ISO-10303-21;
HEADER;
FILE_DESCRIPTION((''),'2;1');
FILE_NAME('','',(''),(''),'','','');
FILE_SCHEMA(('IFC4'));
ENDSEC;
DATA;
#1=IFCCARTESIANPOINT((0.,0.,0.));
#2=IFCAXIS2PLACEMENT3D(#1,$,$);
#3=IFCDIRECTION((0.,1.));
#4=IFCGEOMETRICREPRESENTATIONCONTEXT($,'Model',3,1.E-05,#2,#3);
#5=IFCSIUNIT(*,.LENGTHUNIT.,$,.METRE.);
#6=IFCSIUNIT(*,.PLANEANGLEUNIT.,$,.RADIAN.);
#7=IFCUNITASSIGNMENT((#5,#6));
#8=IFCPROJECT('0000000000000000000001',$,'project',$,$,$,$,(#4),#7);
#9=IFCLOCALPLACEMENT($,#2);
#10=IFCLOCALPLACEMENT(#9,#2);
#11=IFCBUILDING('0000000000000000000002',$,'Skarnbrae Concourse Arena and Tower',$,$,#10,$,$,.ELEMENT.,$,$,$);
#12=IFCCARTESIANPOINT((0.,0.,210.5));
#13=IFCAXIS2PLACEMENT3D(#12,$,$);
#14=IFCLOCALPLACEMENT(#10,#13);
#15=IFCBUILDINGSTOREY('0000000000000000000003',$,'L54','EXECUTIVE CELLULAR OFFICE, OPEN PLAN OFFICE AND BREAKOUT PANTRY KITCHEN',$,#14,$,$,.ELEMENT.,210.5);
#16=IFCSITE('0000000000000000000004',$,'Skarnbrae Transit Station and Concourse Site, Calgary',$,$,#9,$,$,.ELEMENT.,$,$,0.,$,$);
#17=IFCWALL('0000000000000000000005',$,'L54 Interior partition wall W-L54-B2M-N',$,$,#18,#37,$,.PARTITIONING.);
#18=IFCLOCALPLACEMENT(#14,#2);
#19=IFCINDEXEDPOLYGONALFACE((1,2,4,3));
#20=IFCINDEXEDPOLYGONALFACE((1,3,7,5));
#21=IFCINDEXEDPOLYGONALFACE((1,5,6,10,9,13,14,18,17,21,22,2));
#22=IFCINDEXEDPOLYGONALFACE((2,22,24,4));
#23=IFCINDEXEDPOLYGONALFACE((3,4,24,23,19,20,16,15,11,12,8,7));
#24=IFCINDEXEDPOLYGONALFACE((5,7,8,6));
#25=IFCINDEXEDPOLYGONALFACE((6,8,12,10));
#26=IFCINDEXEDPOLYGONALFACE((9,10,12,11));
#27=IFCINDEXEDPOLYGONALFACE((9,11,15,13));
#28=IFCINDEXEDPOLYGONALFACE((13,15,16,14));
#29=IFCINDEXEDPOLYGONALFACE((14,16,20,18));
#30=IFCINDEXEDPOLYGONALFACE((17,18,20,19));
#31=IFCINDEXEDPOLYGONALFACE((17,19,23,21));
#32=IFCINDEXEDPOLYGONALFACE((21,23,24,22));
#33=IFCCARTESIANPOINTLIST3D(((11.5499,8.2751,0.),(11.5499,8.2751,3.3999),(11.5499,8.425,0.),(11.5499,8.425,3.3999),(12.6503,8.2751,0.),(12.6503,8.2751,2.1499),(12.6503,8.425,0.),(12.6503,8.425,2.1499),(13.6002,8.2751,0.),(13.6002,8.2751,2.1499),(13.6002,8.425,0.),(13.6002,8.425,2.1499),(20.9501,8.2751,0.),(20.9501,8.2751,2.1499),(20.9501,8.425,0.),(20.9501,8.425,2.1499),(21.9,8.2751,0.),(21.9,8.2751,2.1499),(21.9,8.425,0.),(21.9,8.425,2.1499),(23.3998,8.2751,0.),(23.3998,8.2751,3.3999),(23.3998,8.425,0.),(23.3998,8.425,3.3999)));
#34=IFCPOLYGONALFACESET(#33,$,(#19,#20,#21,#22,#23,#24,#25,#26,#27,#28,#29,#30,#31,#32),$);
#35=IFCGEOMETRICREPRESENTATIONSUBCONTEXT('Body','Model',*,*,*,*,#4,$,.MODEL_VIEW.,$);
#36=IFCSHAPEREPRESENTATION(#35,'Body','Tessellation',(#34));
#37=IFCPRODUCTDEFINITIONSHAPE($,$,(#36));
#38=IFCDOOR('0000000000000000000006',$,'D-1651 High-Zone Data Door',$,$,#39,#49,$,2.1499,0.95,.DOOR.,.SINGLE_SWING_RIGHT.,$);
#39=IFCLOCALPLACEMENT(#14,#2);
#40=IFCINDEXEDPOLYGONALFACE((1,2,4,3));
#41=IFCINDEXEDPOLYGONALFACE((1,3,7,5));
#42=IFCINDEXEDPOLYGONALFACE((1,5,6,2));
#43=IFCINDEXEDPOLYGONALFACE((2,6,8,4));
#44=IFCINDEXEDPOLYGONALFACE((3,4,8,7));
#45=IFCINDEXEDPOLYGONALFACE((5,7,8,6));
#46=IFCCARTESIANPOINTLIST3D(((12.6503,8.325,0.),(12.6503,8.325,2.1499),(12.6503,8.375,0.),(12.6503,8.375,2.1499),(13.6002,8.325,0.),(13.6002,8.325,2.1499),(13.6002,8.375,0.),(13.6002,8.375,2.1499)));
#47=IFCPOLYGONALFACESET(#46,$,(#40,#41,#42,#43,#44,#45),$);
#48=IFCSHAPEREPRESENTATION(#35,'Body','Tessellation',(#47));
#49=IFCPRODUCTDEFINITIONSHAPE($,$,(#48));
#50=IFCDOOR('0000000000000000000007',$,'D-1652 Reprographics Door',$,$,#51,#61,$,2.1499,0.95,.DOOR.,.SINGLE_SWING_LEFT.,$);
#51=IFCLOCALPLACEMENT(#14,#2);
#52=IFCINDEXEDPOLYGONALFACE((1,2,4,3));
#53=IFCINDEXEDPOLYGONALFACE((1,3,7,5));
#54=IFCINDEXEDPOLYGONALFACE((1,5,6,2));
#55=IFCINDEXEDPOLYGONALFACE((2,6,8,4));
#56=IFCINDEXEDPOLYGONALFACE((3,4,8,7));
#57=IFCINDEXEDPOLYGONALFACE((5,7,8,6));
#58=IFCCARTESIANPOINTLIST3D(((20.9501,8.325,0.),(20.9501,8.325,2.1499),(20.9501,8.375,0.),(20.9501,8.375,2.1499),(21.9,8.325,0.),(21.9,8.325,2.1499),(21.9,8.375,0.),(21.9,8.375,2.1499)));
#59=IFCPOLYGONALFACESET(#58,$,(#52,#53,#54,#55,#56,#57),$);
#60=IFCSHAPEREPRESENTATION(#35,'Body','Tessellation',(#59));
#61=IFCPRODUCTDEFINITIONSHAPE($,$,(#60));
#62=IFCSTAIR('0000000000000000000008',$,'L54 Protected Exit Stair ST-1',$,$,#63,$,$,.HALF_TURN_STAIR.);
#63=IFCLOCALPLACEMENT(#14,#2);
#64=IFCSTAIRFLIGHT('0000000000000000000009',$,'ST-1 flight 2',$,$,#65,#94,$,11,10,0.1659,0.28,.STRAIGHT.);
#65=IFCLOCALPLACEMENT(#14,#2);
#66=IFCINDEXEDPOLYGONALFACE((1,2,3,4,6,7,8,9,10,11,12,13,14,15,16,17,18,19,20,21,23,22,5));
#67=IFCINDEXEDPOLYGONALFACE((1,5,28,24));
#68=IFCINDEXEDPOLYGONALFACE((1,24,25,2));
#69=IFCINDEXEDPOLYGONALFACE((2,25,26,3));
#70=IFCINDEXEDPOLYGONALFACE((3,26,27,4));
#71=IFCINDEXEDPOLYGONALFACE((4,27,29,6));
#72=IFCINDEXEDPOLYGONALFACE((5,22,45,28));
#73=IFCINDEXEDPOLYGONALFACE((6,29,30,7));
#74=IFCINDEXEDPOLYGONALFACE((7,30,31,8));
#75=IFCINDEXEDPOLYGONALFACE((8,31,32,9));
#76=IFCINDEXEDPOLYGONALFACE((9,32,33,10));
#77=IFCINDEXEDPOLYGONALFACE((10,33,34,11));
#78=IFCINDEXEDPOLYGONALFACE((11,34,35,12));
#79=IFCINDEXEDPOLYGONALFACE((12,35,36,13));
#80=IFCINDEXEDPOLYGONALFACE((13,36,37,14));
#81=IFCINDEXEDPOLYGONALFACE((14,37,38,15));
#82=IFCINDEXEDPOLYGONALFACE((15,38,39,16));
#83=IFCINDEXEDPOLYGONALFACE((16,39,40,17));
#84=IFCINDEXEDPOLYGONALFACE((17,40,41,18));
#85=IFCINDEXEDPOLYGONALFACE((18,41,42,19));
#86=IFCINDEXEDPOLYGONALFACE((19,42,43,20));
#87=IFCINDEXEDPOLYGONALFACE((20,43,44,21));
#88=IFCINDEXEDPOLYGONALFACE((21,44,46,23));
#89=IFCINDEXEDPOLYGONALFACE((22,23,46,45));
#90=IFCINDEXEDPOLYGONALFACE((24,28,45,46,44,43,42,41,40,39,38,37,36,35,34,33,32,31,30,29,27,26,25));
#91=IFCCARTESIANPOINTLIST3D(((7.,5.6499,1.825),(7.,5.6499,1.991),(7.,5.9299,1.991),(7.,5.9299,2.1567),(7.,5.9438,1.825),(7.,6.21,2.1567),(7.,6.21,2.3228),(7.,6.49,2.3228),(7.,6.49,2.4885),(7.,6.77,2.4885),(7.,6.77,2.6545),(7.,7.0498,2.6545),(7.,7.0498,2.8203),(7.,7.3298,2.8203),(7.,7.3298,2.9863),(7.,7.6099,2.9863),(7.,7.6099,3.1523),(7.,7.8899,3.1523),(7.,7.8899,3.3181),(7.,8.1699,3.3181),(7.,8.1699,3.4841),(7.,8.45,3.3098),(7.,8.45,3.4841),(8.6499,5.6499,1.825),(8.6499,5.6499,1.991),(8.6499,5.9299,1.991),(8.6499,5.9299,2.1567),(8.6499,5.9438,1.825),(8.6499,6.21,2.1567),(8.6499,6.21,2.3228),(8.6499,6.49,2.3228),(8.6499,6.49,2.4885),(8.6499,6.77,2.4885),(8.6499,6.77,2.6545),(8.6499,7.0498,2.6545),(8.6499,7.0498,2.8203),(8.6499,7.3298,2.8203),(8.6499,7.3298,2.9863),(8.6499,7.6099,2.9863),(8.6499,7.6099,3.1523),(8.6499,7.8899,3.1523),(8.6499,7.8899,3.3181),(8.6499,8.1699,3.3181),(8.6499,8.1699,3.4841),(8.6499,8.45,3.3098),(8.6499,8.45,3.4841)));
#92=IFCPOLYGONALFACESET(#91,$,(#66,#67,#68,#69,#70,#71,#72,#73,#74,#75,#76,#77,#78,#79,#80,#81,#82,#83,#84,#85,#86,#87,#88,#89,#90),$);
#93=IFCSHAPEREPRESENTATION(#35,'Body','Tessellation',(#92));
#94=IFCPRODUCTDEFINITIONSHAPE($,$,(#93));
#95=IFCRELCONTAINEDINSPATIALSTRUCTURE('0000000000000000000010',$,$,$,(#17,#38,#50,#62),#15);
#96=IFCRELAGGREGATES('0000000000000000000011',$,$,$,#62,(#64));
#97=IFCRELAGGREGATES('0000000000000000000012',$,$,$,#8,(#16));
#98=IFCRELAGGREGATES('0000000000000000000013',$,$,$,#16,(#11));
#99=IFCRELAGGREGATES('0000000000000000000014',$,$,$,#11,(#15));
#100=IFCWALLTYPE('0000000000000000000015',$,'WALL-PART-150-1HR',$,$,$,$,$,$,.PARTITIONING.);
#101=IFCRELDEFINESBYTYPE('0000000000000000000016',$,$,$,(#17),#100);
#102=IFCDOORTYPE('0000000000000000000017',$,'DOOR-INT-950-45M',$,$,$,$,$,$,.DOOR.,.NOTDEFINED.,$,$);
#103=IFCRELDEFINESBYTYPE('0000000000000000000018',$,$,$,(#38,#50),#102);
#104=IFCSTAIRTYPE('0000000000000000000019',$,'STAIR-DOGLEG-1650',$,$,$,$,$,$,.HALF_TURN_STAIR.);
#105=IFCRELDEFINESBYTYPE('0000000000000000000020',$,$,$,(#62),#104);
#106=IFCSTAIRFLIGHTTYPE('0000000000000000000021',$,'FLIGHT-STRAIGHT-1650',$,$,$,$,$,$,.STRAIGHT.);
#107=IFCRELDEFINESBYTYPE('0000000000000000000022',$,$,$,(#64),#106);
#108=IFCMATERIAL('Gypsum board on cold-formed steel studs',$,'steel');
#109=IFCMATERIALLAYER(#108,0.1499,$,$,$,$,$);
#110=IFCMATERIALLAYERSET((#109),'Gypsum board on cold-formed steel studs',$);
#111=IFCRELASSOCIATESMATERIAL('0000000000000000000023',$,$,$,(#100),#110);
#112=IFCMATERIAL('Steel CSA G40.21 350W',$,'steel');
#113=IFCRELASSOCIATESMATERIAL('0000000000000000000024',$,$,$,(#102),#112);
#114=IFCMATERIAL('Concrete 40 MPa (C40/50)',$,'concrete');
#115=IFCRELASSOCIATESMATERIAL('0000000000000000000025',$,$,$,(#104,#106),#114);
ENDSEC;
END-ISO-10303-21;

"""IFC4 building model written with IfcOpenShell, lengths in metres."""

from ifc_helpers import new_model, si_unit, direction, frame, frame_2d, origin, place, context, subcontext, project, spatial, polyline, rectangle, outline, extrude, source, transform, mapped, material, layer, layer_set, type_object, element, fill, aggregate, save


model = new_model("IFC4")

# Units and contexts
model_context = context("Model", 3, precision=1e-05, world=origin(), true_north=direction((0.0, 1.0)))
body_context = subcontext(model_context, "Body", "Model", "MODEL_VIEW")
ifc_project = project(units=[si_unit("LENGTHUNIT", "METRE"), si_unit("PLANEANGLEUNIT", "RADIAN")], contexts=[model_context])

# Site, building, storey
site_placement = place(None, origin())
site = spatial("IfcSite", under=ifc_project, at=site_placement, Name="Skarnbrae Transit Station and Concourse Site, Calgary", CompositionType="ELEMENT", RefElevation=0.0)
building_placement = place(site_placement, origin())
building = spatial("IfcBuilding", under=site, at=building_placement, Name="Skarnbrae Concourse Arena and Tower", CompositionType="ELEMENT")
storey_placement = place(building_placement, frame((0.0, 0.0, 210.5)))
storey = spatial("IfcBuildingStorey", under=building, at=storey_placement, Name="L54", Description="EXECUTIVE CELLULAR OFFICE, OPEN PLAN OFFICE AND BREAKOUT PANTRY KITCHEN", CompositionType="ELEMENT", Elevation=210.5)

# Shared definitions
ifc_material_1 = material(Name="Gypsum board on cold-formed steel studs", Category="steel")
ifc_material_2 = material(Name="Steel CSA G40.21 350W", Category="steel")

# Shared definitions
ifc_layer_1 = layer(ifc_material_1, 0.1499)
ifc_layer_set_1 = layer_set([ifc_layer_1], Name="Gypsum board on cold-formed steel studs")
wall_type_1 = type_object("IfcWallType", Name="WALL-PART-150-1HR", PredefinedType="PARTITIONING", material=ifc_layer_set_1)

# Shared definitions
door_type_1 = type_object("IfcDoorType", Name="DOOR-INT-950-45M", OperationType="NOTDEFINED", PredefinedType="DOOR", material=ifc_material_2)
shared_shape_1 = source(origin(), body_context, "Body", "SweptSolid", [
    extrude(rectangle(XDim=0.95, YDim=2.1499, at=frame_2d((0.4751, 1.075))), frame((0.0, 0.0249, 0.0), z_axis=(0.0, -1.0, 0.0), x_axis=(1.0, 0.0, 0.0)), (0.0, 0.0, 1.0), 0.05),
])

# Shared definitions
shared_shape_2 = source(origin(), body_context, "Body", "SweptSolid", [
    extrude(rectangle(XDim=11.8499, YDim=0.1499, at=frame_2d((5.9248, 0.0))), origin(), (0.0, 0.0, 1.0), 3.3999),
])

# Wall, openings, doors
wall_1_placement = place(storey_placement, frame((11.55, 8.3501, 0.0), z_axis=(0.0, 0.0, 1.0), x_axis=(1.0, 0.0, 0.0)))
wall_1 = element("IfcWall", 1, at=wall_1_placement, inside=storey, type_object=wall_type_1, Name="L54 Interior partition wall W-L54-B2M-N", PredefinedType="PARTITIONING", context=body_context, shape_type="MappedRepresentation", body=[
    mapped(shared_shape_2, transform((0.0, 0.0, 0.0))),
])
opening_1_placement = place(wall_1_placement, frame((1.1001, 0.0, 0.0)))
opening_1 = element("IfcOpeningElement", 2, at=opening_1_placement, cuts=wall_1, PredefinedType="OPENING", context=body_context, shape_type="SweptSolid", body=[
    extrude(rectangle(XDim=0.95, YDim=2.1499, at=frame_2d((0.4751, 1.075))), frame((0.0, 0.085, 0.0), z_axis=(0.0, -1.0, 0.0), x_axis=(1.0, 0.0, 0.0)), (0.0, 0.0, 1.0), 0.1699),
])
opening_2_placement = place(wall_1_placement, frame((9.3999, 0.0, 0.0)))
opening_2 = element("IfcOpeningElement", 3, at=opening_2_placement, cuts=wall_1, PredefinedType="OPENING", context=body_context, shape_type="SweptSolid", body=[
    extrude(rectangle(XDim=0.95, YDim=2.1499, at=frame_2d((0.4751, 1.075))), frame((0.0, 0.085, 0.0), z_axis=(0.0, -1.0, 0.0), x_axis=(1.0, 0.0, 0.0)), (0.0, 0.0, 1.0), 0.1699),
])
door_1_placement = place(opening_1_placement, origin())
door_1 = element("IfcDoor", 4, at=door_1_placement, inside=storey, type_object=door_type_1, Name="D-1651 High-Zone Data Door", OperationType="SINGLE_SWING_RIGHT", OverallHeight=2.1499, OverallWidth=0.95, PredefinedType="DOOR", context=body_context, shape_type="MappedRepresentation", body=[
    mapped(shared_shape_1, transform((0.0, 0.0, 0.0))),
])
fill(opening_1, door_1)
door_2_placement = place(opening_2_placement, origin())
door_2 = element("IfcDoor", 5, at=door_2_placement, inside=storey, type_object=door_type_1, Name="D-1652 Reprographics Door", OperationType="SINGLE_SWING_LEFT", OverallHeight=2.1499, OverallWidth=0.95, PredefinedType="DOOR", context=body_context, shape_type="MappedRepresentation", body=[
    mapped(shared_shape_1, transform((0.0, 0.0, 0.0))),
])
fill(opening_2, door_2)

# Stair, stair flight
ifc_material_3 = material(Name="Concrete 40 MPa (C40/50)", Category="concrete")
stair_type = type_object("IfcStairType", Name="STAIR-DOGLEG-1650", PredefinedType="HALF_TURN_STAIR", material=ifc_material_3)
stair_placement = place(storey_placement, origin())
stair = element("IfcStair", 6, at=stair_placement, inside=storey, type_object=stair_type, Name="L54 Protected Exit Stair ST-1", PredefinedType="HALF_TURN_STAIR")
stair_flight_type = type_object("IfcStairFlightType", Name="FLIGHT-STRAIGHT-1650", PredefinedType="STRAIGHT", material=ifc_material_3)
shared_shape_3 = source(origin(), body_context, "Body", "SweptSolid", [
    extrude(outline(polyline([(0.0, 0.0), (0.0, 0.166), (0.28, 0.166), (0.28, 0.3318), (0.5601, 0.3318), (0.5601, 0.4978), (0.8401, 0.4978), (0.8401, 0.6636), (1.1201, 0.6636), (1.1201, 0.8296), (1.3999, 0.8296), (1.3999, 0.9954), (1.6799, 0.9954), (1.6799, 1.1614), (1.96, 1.1614), (1.96, 1.3274), (2.24, 1.3274), (2.24, 1.4932), (2.52, 1.4932), (2.52, 1.6592), (2.8, 1.6592), (2.8, 1.825), (2.8, 1.4849), (0.2939, 0.0), (0.0, 0.0)])), frame((0.0, 0.825, 0.0), z_axis=(0.0, -1.0, 0.0), x_axis=(1.0, 0.0, 0.0)), (0.0, 0.0, 1.0), 1.6499),
])
stair_flight_placement = place(storey_placement, frame((7.825, 5.6499, 1.825), z_axis=(0.0, 0.0, 1.0), x_axis=(0.0, 1.0, 0.0)))
stair_flight = element("IfcStairFlight", 7, at=stair_flight_placement, type_object=stair_flight_type, Name="ST-1 flight 2", NumberOfRisers=11, NumberOfTreads=10, PredefinedType="STRAIGHT", RiserHeight=0.1659, TreadLength=0.28, context=body_context, shape_type="MappedRepresentation", body=[
    mapped(shared_shape_3, transform((0.0, 0.0, 0.0))),
])
aggregate(stair, [stair_flight])

save(model, "model.ifc")
